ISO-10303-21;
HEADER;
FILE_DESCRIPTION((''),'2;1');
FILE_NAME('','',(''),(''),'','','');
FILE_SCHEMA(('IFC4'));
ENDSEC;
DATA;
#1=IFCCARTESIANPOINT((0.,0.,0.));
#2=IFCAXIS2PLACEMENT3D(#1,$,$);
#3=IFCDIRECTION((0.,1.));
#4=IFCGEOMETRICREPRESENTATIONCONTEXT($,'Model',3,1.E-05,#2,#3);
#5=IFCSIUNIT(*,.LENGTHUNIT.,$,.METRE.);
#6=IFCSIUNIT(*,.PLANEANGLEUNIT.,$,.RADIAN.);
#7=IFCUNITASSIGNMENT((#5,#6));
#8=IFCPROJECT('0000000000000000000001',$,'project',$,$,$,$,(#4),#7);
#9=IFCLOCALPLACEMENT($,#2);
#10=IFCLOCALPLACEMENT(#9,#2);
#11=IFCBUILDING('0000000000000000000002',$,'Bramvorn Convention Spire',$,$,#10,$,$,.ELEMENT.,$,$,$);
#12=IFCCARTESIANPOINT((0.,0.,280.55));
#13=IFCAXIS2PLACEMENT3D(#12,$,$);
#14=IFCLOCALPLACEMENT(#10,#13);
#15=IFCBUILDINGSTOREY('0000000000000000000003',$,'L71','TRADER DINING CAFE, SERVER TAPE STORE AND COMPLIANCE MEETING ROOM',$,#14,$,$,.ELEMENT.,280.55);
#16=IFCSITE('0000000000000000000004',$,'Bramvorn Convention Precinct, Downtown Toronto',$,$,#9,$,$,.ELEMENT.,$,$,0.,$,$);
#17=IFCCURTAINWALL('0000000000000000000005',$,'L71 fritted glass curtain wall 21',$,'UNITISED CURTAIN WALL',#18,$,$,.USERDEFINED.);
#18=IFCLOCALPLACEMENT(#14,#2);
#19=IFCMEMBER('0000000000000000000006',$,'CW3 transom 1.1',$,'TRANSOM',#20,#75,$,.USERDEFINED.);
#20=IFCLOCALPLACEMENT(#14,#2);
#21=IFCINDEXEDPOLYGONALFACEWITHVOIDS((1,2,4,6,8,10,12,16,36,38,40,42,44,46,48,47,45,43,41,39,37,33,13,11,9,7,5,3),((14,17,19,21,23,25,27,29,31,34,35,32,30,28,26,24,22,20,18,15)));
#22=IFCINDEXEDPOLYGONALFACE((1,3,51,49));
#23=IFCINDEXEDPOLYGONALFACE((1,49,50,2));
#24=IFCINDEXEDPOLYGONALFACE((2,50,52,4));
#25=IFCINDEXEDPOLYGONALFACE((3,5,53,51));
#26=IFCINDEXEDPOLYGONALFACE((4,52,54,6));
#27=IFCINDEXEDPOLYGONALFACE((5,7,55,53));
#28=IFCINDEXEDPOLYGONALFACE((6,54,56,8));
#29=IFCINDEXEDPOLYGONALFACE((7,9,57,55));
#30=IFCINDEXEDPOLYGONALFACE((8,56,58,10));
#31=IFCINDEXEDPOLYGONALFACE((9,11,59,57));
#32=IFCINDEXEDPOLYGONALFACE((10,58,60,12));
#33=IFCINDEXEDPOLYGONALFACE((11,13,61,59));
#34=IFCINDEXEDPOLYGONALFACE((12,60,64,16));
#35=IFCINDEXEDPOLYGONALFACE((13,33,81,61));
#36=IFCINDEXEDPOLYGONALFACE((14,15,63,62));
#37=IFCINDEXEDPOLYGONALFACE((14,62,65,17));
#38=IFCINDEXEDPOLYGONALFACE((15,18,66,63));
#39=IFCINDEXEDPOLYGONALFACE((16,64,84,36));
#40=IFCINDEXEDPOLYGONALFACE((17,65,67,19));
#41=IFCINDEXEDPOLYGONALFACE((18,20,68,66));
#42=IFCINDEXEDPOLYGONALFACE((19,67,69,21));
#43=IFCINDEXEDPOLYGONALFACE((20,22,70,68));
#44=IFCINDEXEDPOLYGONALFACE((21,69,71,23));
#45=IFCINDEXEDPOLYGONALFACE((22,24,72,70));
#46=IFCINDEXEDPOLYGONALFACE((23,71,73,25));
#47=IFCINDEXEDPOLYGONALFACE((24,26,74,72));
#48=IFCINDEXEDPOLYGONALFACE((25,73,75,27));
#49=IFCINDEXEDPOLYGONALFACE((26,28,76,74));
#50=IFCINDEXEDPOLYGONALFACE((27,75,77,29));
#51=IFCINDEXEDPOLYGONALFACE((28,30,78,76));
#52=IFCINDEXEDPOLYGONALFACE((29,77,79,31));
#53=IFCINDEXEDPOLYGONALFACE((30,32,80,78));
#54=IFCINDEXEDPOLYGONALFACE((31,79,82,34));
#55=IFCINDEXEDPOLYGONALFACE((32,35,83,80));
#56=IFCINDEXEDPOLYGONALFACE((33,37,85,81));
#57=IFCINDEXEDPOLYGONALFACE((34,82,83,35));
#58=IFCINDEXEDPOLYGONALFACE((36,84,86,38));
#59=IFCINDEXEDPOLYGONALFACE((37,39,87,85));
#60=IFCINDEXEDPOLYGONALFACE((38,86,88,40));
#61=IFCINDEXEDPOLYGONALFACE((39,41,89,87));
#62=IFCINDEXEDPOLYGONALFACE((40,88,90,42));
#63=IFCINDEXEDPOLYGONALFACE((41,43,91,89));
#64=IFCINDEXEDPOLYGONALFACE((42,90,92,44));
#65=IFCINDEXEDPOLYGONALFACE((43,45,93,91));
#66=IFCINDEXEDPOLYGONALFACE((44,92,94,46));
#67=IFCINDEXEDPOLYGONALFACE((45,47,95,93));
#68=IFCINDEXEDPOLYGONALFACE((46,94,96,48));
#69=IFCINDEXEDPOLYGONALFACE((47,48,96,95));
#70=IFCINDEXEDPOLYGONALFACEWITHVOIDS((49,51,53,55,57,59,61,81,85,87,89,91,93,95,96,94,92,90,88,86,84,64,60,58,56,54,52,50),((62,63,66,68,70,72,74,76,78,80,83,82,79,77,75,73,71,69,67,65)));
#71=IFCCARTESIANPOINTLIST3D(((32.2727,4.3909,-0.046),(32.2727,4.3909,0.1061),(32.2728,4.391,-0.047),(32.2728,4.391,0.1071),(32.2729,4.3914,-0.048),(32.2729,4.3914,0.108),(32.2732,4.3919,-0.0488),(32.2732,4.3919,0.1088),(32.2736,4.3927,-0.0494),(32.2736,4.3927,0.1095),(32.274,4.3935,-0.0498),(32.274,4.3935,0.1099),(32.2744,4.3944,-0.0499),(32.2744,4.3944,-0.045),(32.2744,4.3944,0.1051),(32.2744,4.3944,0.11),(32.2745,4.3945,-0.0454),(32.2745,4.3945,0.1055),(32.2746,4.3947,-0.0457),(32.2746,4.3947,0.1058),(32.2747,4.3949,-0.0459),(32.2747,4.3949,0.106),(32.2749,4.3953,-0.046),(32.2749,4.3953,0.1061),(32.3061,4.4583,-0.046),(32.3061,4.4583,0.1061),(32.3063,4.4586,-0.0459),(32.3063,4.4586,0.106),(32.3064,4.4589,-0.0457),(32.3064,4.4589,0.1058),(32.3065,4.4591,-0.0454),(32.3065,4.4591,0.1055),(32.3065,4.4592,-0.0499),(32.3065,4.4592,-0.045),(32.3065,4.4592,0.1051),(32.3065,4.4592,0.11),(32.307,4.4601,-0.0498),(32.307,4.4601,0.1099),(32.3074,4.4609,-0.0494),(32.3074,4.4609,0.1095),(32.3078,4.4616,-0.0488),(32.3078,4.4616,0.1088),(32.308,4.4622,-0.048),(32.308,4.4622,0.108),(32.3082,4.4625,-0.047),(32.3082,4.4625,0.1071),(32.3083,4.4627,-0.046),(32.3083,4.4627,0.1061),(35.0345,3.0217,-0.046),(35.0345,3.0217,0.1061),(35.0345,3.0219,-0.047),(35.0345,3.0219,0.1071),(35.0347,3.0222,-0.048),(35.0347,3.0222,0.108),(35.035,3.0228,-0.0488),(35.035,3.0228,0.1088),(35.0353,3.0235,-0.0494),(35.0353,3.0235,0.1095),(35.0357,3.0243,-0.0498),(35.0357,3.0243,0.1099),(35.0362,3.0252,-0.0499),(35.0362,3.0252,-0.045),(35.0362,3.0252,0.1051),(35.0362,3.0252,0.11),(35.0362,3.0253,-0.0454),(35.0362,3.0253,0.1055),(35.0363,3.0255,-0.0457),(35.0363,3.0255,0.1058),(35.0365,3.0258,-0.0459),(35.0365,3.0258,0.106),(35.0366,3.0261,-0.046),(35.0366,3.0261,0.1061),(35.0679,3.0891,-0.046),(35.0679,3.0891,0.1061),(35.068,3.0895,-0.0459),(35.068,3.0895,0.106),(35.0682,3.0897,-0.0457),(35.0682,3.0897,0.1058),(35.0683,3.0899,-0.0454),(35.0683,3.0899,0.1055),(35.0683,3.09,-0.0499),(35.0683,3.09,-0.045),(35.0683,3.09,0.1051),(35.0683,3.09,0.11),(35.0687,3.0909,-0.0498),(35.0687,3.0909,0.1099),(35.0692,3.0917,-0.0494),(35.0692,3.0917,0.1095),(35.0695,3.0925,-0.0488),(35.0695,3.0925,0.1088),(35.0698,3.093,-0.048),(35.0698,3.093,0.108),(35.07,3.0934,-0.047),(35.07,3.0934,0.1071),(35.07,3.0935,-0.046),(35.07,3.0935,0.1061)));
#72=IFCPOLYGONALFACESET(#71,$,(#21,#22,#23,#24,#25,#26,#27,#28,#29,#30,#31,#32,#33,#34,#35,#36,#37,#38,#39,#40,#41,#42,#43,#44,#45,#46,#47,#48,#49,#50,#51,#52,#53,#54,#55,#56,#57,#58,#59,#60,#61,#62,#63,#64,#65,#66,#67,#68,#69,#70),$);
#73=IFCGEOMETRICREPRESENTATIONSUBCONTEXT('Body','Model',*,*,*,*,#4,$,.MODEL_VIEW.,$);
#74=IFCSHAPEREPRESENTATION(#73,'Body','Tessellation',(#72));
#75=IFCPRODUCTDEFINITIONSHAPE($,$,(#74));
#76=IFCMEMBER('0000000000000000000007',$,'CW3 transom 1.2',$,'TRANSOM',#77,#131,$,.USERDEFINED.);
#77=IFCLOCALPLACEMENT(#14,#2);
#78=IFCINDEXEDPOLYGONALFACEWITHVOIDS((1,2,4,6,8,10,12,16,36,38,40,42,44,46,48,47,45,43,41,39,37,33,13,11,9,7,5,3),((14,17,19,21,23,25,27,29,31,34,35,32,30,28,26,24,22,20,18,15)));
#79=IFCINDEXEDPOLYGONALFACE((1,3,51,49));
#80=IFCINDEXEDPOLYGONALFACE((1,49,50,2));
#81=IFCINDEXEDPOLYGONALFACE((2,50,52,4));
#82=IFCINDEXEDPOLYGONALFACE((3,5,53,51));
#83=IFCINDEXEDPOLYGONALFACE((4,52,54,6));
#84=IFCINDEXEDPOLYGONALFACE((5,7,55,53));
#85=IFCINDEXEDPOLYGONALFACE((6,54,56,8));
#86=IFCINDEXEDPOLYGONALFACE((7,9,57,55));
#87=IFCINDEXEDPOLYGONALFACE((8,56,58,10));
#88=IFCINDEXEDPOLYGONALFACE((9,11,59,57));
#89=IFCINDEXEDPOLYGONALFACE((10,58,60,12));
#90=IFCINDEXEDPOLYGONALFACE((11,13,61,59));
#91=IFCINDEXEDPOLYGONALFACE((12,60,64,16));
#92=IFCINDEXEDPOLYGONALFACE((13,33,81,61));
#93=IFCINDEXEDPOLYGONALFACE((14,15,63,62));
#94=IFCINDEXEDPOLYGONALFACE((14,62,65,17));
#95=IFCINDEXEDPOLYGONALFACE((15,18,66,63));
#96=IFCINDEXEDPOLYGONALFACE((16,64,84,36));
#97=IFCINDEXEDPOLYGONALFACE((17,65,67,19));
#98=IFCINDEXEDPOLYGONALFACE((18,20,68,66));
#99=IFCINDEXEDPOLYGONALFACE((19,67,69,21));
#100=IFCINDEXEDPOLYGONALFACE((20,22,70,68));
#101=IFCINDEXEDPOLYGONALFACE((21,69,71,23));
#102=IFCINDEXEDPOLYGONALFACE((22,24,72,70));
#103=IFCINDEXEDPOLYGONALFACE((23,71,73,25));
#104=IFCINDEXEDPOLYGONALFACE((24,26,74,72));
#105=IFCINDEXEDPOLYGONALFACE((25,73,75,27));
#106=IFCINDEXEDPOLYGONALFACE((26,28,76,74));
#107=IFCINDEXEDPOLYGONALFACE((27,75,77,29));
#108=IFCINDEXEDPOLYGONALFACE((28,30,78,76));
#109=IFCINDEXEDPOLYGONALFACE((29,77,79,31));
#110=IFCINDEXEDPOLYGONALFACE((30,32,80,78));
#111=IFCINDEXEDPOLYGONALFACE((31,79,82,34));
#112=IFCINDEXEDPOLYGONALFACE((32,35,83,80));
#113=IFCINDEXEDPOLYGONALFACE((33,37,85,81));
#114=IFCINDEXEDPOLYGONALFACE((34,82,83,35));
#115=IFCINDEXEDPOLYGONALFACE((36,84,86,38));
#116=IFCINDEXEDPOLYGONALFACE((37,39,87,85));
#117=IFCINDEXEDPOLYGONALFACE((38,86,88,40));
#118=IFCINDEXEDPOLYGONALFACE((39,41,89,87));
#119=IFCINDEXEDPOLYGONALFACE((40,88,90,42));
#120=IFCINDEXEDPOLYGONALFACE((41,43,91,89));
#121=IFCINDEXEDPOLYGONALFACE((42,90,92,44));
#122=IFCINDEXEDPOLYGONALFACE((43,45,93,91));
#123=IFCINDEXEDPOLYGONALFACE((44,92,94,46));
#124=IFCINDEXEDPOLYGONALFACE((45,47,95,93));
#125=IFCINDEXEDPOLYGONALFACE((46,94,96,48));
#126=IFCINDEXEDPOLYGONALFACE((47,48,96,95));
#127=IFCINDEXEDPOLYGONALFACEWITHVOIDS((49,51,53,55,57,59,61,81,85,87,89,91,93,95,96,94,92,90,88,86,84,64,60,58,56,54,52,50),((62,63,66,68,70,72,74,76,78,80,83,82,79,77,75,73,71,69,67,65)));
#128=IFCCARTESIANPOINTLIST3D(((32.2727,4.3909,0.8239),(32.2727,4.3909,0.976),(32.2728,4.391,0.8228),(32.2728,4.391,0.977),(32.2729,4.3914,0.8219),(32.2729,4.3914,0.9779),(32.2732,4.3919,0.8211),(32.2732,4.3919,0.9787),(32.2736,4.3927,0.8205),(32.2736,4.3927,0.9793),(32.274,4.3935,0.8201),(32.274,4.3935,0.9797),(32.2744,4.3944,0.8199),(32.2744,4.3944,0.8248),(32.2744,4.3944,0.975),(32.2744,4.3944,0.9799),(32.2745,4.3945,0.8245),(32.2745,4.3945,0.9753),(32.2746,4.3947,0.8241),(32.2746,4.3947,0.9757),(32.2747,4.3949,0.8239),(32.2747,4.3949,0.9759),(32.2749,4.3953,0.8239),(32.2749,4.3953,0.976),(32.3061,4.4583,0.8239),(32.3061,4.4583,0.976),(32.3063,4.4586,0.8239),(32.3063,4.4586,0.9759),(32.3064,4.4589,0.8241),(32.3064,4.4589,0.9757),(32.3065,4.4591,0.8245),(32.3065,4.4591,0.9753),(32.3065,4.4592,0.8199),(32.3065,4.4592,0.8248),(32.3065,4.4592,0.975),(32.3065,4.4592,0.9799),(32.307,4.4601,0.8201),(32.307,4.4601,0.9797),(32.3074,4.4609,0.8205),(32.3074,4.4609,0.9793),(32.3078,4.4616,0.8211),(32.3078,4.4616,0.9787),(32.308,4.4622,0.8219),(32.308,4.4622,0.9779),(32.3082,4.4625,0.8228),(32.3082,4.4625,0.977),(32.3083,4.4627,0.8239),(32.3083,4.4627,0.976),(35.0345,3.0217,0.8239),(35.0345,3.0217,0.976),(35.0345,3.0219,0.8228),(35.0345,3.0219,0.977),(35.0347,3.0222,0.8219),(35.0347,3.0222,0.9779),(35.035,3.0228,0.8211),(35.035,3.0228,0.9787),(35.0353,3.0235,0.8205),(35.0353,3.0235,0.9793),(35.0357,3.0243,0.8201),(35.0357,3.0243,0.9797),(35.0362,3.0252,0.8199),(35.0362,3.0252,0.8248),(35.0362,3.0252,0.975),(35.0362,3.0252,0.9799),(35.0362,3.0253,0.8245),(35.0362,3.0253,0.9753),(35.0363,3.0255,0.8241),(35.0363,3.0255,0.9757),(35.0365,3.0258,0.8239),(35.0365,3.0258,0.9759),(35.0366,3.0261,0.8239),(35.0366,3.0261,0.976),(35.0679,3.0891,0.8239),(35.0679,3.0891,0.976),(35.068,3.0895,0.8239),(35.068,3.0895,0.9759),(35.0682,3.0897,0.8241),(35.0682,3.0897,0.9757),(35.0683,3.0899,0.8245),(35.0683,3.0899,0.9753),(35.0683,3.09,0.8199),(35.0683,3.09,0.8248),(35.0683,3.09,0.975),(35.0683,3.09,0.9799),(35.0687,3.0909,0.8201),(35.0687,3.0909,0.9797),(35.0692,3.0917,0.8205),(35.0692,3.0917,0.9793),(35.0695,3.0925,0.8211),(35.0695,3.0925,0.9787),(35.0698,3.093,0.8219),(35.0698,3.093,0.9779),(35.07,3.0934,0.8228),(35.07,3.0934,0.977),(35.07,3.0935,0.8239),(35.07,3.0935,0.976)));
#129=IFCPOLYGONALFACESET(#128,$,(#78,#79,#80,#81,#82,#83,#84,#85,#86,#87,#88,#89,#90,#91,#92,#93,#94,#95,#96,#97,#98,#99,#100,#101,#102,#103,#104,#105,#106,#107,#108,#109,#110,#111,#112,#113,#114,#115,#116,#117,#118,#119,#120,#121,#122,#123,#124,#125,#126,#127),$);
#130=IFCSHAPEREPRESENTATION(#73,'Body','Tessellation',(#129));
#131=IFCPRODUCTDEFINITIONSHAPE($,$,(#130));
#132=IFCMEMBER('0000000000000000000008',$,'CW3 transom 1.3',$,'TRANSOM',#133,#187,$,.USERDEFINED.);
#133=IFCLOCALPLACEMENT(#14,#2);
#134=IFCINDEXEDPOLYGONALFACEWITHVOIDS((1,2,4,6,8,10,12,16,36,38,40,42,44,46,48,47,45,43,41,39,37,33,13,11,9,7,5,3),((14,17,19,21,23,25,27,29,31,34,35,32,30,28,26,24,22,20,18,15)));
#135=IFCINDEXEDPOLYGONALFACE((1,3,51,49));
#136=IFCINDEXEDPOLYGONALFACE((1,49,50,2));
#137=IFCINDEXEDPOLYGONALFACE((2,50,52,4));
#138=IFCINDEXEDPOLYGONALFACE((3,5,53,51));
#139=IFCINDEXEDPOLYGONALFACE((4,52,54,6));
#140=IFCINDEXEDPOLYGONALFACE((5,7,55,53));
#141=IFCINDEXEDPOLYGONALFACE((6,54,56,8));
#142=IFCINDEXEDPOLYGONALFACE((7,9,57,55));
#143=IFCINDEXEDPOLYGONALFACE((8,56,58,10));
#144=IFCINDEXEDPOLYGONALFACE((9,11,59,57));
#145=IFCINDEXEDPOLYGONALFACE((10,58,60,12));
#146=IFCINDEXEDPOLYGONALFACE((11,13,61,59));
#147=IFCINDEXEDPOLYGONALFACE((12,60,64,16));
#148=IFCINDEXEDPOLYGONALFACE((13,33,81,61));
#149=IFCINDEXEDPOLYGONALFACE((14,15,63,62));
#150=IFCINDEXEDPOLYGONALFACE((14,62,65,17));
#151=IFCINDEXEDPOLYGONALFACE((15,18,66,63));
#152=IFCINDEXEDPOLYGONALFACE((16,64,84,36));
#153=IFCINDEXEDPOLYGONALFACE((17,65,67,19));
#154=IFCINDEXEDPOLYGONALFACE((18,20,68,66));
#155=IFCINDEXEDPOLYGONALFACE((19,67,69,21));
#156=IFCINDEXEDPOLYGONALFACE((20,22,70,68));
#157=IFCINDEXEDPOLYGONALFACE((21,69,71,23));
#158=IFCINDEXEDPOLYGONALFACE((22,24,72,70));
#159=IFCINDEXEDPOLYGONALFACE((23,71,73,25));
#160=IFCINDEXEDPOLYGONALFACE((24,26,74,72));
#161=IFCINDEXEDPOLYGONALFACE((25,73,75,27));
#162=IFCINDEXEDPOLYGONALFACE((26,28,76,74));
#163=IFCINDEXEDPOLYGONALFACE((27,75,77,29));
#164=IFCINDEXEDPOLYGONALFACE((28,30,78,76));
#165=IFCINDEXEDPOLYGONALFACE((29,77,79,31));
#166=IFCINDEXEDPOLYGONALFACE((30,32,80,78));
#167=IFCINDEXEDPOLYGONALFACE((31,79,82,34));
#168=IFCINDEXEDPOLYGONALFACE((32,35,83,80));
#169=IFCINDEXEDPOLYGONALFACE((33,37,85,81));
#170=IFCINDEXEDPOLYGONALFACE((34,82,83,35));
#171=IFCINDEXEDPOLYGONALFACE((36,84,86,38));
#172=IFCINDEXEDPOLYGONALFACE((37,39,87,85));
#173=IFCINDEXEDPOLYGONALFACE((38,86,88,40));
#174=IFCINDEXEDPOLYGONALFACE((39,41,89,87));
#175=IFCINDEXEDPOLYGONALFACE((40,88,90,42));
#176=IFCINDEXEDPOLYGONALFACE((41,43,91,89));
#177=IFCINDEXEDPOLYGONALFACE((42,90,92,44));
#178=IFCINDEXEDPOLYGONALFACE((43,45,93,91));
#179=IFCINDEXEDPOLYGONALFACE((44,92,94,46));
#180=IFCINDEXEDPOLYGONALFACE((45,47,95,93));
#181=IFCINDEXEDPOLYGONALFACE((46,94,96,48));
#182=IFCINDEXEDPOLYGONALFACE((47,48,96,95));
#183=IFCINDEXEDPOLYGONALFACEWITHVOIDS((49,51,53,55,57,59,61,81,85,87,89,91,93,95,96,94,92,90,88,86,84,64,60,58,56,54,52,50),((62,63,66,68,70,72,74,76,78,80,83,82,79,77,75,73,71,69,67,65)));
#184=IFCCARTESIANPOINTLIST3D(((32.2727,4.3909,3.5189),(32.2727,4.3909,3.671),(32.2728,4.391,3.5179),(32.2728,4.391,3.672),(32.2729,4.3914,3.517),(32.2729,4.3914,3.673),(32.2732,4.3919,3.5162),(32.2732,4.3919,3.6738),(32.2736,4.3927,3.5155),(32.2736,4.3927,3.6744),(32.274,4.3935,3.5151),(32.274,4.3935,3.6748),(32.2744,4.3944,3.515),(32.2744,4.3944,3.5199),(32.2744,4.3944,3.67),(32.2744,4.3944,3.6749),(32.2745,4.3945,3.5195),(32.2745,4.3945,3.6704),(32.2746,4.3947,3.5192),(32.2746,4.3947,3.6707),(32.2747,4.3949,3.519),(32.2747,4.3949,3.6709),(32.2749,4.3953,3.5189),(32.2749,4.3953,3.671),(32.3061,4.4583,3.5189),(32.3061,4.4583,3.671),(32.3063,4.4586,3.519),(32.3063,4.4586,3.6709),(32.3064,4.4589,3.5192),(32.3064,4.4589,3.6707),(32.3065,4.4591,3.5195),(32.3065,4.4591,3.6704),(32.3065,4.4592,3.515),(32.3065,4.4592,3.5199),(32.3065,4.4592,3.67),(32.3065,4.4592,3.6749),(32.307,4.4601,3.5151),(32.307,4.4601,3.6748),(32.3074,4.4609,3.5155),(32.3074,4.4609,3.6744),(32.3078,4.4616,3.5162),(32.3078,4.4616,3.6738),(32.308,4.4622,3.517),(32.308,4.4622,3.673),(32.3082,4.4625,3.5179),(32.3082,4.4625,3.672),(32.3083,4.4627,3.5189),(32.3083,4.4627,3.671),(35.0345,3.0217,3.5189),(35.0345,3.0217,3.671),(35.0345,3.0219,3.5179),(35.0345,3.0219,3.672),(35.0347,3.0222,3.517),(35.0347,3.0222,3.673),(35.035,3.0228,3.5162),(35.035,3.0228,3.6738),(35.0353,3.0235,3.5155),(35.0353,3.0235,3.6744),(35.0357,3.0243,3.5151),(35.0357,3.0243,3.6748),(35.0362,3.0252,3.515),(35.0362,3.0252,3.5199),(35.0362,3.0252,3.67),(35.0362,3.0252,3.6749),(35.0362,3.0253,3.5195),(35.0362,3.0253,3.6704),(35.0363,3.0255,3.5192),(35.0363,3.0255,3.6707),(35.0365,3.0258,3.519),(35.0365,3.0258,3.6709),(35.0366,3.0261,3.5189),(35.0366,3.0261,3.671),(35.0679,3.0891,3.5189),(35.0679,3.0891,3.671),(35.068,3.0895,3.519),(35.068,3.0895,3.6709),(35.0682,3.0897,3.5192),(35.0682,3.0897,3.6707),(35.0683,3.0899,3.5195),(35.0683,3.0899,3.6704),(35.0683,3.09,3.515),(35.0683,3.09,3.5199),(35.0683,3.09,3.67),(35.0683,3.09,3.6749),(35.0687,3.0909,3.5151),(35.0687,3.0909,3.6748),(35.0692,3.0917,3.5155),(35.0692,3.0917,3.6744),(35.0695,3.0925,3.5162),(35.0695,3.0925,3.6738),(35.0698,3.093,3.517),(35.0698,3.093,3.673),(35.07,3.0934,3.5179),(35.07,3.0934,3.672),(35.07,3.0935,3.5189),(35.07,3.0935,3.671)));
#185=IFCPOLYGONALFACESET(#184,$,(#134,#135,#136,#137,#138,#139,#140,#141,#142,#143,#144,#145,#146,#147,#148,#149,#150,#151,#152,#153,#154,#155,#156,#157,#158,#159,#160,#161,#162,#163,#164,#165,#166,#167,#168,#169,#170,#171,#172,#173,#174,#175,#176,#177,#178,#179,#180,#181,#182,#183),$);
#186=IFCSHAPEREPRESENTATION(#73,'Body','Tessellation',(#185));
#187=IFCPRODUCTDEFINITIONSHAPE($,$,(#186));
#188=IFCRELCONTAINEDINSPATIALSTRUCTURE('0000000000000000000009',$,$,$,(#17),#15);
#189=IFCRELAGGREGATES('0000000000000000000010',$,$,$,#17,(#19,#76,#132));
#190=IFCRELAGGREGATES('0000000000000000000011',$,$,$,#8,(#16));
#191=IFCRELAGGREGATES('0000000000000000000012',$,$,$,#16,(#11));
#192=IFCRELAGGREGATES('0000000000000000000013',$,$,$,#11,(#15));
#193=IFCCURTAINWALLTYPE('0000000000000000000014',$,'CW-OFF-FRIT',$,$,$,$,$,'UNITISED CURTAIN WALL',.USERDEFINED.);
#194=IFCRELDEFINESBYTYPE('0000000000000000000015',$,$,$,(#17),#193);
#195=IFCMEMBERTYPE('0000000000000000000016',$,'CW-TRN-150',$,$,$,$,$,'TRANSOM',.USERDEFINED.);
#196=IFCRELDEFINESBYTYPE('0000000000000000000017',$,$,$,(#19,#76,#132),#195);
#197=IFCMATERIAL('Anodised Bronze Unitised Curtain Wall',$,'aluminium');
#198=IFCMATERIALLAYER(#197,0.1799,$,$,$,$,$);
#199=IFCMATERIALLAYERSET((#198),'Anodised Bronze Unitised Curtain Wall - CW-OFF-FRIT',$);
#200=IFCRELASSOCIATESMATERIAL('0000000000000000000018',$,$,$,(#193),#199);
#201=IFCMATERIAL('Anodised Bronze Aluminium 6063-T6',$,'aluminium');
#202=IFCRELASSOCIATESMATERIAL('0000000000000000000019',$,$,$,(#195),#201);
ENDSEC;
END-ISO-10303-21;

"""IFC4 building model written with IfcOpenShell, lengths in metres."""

from ifc_helpers import new_model, si_unit, direction, frame, origin, origin_2d, place, context, subcontext, project, spatial, hollow_rectangle, extrude, material, layer, layer_set, material_profile, profile_set, type_object, element, aggregate, save


model = new_model("IFC4")

# Units and contexts
model_context = context("Model", 3, precision=1e-05, world=origin(), true_north=direction((0.0, 1.0)))
body_context = subcontext(model_context, "Body", "Model", "MODEL_VIEW")
ifc_project = project(units=[si_unit("LENGTHUNIT", "METRE"), si_unit("PLANEANGLEUNIT", "RADIAN")], contexts=[model_context])

# Site, building, storey
site_placement = place(None, origin())
site = spatial("IfcSite", under=ifc_project, at=site_placement, Name="Bramvorn Convention Precinct, Downtown Toronto", CompositionType="ELEMENT", RefElevation=0.0)
building_placement = place(site_placement, origin())
building = spatial("IfcBuilding", under=site, at=building_placement, Name="Bramvorn Convention Spire", CompositionType="ELEMENT")
storey_placement = place(building_placement, frame((0.0, 0.0, 280.55)))
storey = spatial("IfcBuildingStorey", under=building, at=storey_placement, Name="L71", Description="TRADER DINING CAFE, SERVER TAPE STORE AND COMPLIANCE MEETING ROOM", CompositionType="ELEMENT", Elevation=280.55)

# Curtain wall
ifc_material_1 = material(Name="Anodised Bronze Unitised Curtain Wall", Category="aluminium")
ifc_layer_1 = layer(ifc_material_1, 0.1799)
ifc_layer_set_1 = layer_set([ifc_layer_1], Name="Anodised Bronze Unitised Curtain Wall - CW-OFF-FRIT")
curtain_wall_type = type_object("IfcCurtainWallType", Name="CW-OFF-FRIT", ElementType="UNITISED CURTAIN WALL", PredefinedType="USERDEFINED", material=ifc_layer_set_1)
curtain_wall_1_placement = place(storey_placement, origin())
curtain_wall_1 = element("IfcCurtainWall", 1, at=curtain_wall_1_placement, inside=storey, type_object=curtain_wall_type, Name="L71 fritted glass curtain wall 21", ObjectType="UNITISED CURTAIN WALL", PredefinedType="USERDEFINED")
ifc_material_2 = material(Name="Anodised Bronze Aluminium 6063-T6", Category="aluminium")

# Members
ifc_material_profile_1 = material_profile(ifc_material_2, hollow_rectangle(XDim=0.0801, YDim=0.1599, WallThickness=0.0039, InnerFilletRadius=0.001, OuterFilletRadius=0.0039, at=origin_2d()))
ifc_profile_set_1 = profile_set([ifc_material_profile_1], Name="Anodised Bronze Aluminium 6063-T6 - CWT80X160")
member_type_1 = type_object("IfcMemberType", Name="CW-TRN-150", ElementType="TRANSOM", PredefinedType="USERDEFINED", material=ifc_profile_set_1)
member_1_placement = place(storey_placement, frame((35.0522, 3.0576, 0.03), z_axis=(-0.895943, 0.44417, 0.0), x_axis=(-0.44417, -0.895943, 0.0)))
member_1 = element("IfcMember", 2, at=member_1_placement, type_object=member_type_1, Name="CW3 transom 1.1", ObjectType="TRANSOM", PredefinedType="USERDEFINED", context=body_context, shape_type="SweptSolid", body=[
    extrude(hollow_rectangle(XDim=0.0801, YDim=0.1599, WallThickness=0.0039, InnerFilletRadius=0.001, OuterFilletRadius=0.0039, at=origin_2d()), origin(), (0.0, 0.0, 1.0), 3.0825),
])
member_2_placement = place(storey_placement, frame((35.0522, 3.0576, 0.8999), z_axis=(-0.895943, 0.44417, 0.0), x_axis=(-0.44417, -0.895943, 0.0)))
member_2 = element("IfcMember", 3, at=member_2_placement, type_object=member_type_1, Name="CW3 transom 1.2", ObjectType="TRANSOM", PredefinedType="USERDEFINED", context=body_context, shape_type="SweptSolid", body=[
    extrude(hollow_rectangle(XDim=0.0801, YDim=0.1599, WallThickness=0.0039, InnerFilletRadius=0.001, OuterFilletRadius=0.0039, at=origin_2d()), origin(), (0.0, 0.0, 1.0), 3.0825),
])
member_3_placement = place(storey_placement, frame((35.0522, 3.0576, 3.595), z_axis=(-0.895943, 0.44417, 0.0), x_axis=(-0.44417, -0.895943, 0.0)))
member_3 = element("IfcMember", 4, at=member_3_placement, type_object=member_type_1, Name="CW3 transom 1.3", ObjectType="TRANSOM", PredefinedType="USERDEFINED", context=body_context, shape_type="SweptSolid", body=[
    extrude(hollow_rectangle(XDim=0.0801, YDim=0.1599, WallThickness=0.0039, InnerFilletRadius=0.001, OuterFilletRadius=0.0039, at=origin_2d()), origin(), (0.0, 0.0, 1.0), 3.0825),
])
aggregate(curtain_wall_1, [member_1, member_2, member_3])

save(model, "model.ifc")
